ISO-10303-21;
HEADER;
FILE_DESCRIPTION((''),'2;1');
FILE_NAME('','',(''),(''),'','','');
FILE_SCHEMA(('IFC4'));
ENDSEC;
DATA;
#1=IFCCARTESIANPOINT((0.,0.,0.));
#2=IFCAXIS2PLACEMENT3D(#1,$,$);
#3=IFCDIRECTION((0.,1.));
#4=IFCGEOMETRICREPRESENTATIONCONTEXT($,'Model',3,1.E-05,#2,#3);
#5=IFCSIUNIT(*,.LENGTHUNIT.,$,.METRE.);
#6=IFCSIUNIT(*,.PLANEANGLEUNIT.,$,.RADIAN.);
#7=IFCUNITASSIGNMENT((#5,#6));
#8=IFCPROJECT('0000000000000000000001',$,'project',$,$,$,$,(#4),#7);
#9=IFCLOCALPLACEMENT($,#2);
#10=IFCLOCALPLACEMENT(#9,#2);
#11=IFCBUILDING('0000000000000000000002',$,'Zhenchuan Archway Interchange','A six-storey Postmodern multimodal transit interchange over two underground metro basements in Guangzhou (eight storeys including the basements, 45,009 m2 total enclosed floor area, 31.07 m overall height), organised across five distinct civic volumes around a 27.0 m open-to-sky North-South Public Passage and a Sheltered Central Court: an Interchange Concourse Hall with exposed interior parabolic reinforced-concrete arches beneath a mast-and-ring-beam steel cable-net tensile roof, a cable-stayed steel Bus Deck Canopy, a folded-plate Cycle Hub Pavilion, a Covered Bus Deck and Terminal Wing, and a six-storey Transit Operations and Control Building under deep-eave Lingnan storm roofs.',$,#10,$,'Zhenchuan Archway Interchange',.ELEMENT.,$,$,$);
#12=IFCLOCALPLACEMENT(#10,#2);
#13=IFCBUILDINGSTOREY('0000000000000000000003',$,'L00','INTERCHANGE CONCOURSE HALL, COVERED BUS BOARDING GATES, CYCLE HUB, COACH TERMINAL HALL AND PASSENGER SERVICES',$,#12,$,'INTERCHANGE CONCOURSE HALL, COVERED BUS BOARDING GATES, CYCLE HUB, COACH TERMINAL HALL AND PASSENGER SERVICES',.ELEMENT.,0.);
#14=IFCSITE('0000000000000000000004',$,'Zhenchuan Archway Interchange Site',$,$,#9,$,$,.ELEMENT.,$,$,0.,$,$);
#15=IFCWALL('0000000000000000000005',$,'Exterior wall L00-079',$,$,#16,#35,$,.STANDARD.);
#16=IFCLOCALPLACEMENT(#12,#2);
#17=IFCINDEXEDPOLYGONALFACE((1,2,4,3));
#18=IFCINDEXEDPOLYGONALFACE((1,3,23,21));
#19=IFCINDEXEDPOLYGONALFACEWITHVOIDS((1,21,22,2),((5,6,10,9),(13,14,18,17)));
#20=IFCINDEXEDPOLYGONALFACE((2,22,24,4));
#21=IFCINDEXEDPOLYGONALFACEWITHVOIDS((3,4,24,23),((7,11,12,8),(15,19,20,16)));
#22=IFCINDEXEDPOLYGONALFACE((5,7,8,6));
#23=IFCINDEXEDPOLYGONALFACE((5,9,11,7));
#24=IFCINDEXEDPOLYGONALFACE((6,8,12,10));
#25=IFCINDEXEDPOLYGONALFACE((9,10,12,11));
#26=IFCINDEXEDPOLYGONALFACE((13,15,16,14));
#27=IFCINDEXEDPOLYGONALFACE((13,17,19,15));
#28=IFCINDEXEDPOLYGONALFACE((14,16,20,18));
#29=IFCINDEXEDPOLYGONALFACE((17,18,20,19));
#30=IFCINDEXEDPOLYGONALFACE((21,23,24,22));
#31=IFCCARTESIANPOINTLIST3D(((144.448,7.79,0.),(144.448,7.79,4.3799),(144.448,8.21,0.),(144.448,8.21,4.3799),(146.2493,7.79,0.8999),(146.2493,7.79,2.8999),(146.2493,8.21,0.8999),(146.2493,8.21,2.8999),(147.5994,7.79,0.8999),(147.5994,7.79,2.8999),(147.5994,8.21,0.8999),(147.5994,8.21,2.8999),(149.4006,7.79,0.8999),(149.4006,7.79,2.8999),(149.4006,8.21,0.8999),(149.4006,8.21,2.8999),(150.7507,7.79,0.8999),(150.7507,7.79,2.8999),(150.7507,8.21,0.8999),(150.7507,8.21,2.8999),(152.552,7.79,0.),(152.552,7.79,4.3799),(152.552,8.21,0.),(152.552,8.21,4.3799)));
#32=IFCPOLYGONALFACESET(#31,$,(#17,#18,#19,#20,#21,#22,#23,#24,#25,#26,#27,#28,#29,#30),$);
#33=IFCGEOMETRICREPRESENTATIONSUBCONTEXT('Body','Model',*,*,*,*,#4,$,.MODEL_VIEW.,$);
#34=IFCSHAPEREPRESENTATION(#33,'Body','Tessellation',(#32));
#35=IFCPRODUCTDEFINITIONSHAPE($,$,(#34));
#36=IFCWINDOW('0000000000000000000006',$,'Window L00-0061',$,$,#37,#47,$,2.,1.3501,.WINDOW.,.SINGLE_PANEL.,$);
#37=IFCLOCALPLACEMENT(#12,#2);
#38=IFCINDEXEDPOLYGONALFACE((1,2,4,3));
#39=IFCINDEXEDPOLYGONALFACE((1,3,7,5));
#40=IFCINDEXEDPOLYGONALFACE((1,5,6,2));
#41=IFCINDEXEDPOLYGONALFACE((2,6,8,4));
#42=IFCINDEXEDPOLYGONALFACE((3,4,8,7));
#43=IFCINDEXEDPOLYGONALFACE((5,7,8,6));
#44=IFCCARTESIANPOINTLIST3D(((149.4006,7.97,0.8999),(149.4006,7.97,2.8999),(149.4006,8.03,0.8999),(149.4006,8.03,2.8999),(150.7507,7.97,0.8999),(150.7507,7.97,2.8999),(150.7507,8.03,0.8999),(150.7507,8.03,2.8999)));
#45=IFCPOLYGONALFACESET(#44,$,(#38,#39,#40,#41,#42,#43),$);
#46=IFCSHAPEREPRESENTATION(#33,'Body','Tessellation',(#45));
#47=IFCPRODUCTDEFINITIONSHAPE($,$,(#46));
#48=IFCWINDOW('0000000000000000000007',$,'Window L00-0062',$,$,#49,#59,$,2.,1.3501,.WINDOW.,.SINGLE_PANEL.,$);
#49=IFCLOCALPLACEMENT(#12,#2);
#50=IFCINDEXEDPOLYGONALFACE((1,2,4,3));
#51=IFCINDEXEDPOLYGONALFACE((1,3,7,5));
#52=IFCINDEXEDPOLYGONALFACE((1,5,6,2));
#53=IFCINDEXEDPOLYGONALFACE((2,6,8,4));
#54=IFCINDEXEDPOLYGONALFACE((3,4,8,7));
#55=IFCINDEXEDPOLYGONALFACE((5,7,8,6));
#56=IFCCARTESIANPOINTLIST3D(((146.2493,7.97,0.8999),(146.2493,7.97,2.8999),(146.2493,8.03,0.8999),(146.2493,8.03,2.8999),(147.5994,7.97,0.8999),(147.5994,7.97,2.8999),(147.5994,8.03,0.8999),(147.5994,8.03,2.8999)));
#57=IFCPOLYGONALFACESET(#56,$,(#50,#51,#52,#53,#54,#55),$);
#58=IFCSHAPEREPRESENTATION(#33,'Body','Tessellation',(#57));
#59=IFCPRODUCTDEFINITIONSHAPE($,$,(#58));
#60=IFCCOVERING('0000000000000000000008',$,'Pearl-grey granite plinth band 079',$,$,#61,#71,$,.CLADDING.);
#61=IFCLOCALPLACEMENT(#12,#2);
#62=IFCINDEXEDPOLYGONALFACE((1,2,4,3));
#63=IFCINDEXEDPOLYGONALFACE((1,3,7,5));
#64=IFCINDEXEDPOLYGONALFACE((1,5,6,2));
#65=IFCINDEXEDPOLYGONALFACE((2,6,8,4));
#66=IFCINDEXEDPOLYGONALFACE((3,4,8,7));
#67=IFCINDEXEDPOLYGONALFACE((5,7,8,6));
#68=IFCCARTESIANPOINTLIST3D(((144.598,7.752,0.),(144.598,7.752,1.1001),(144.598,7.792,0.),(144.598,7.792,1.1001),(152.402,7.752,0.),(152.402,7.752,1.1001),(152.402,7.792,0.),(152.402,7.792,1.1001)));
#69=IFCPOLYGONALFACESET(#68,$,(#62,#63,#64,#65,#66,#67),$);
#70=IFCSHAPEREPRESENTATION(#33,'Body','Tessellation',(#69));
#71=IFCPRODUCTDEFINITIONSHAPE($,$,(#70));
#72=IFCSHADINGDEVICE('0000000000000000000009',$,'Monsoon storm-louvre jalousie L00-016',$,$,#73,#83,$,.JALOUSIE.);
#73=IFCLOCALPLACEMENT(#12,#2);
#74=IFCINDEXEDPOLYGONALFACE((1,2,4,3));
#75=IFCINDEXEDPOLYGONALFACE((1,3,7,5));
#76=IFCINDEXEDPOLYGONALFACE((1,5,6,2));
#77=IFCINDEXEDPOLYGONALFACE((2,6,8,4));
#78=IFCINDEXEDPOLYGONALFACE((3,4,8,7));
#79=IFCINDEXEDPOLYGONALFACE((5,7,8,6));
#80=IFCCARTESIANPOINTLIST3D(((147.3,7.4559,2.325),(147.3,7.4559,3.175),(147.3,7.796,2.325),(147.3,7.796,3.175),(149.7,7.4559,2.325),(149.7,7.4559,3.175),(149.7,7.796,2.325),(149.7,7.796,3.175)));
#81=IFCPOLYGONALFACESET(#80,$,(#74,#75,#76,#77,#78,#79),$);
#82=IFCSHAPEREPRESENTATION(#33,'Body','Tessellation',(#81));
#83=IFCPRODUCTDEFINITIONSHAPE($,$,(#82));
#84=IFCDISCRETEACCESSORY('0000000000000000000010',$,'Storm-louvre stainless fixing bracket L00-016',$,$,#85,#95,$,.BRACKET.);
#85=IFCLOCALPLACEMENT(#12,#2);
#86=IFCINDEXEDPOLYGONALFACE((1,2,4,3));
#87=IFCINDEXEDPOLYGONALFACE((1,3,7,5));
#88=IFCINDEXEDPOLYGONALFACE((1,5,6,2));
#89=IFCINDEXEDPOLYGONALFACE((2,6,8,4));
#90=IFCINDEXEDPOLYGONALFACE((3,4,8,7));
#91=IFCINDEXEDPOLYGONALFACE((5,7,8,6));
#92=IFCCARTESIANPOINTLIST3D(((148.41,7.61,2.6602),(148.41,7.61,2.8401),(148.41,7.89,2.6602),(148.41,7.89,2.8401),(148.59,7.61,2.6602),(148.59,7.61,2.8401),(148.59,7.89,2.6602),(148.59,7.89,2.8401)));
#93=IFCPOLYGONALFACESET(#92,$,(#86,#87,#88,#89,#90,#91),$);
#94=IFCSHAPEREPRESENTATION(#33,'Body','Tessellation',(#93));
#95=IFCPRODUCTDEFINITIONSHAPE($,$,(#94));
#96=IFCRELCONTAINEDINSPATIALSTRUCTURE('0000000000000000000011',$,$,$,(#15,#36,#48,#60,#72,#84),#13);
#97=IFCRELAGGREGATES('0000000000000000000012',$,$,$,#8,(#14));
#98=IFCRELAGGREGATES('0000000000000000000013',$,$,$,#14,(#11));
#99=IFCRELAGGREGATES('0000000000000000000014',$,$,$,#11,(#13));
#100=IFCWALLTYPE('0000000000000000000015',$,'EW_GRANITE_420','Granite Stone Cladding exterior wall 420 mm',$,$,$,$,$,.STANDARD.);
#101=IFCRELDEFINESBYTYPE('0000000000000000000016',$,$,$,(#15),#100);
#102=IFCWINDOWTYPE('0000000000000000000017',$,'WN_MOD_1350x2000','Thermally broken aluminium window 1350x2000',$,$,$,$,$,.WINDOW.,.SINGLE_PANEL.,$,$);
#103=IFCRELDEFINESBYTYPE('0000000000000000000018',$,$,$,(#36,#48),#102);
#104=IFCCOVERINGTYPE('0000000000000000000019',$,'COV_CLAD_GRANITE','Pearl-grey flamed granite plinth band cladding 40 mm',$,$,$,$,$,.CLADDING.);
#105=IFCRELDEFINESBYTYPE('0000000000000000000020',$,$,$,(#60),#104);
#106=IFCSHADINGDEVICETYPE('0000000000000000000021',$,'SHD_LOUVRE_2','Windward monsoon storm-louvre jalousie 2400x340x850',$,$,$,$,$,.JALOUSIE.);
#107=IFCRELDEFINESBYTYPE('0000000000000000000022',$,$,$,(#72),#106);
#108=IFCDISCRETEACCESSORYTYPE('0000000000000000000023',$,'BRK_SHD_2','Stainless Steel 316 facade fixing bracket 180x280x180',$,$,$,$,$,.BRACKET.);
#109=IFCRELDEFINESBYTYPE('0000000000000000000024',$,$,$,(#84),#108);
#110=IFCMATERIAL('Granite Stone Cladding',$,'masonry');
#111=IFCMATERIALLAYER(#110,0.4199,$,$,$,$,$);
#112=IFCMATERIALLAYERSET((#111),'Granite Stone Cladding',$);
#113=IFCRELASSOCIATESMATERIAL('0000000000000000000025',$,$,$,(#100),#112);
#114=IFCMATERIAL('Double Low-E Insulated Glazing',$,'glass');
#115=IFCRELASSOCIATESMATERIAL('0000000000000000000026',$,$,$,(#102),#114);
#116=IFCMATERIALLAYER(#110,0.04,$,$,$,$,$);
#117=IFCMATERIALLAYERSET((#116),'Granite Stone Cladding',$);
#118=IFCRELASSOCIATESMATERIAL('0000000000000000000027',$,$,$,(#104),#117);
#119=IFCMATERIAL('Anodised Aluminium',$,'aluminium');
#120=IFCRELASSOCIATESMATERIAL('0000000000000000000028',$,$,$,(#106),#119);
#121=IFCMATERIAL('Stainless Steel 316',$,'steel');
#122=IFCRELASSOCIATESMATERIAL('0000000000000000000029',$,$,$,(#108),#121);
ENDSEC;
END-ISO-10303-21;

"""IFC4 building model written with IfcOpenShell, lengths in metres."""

from ifc_helpers import new_model, si_unit, direction, frame, frame_2d, origin, origin_2d, place, context, subcontext, project, spatial, rectangle, extrude, material, layer, layer_set, type_object, element, fill, save


model = new_model("IFC4")

# Units and contexts
model_context = context("Model", 3, precision=1e-05, world=origin(), true_north=direction((0.0, 1.0)))
body_context = subcontext(model_context, "Body", "Model", "MODEL_VIEW")
ifc_project = project(units=[si_unit("LENGTHUNIT", "METRE"), si_unit("PLANEANGLEUNIT", "RADIAN")], contexts=[model_context])

# Site, building, storey
site_placement = place(None, origin())
site = spatial("IfcSite", under=ifc_project, at=site_placement, Name="Zhenchuan Archway Interchange Site", CompositionType="ELEMENT", RefElevation=0.0)
building_placement = place(site_placement, origin())
building = spatial("IfcBuilding", under=site, at=building_placement, Name="Zhenchuan Archway Interchange", Description="A six-storey Postmodern multimodal transit interchange over two underground metro basements in Guangzhou (eight storeys including the basements, 45,009 m2 total enclosed floor area, 31.07 m overall height), organised across five distinct civic volumes around a 27.0 m open-to-sky North-South Public Passage and a Sheltered Central Court: an Interchange Concourse Hall with exposed interior parabolic reinforced-concrete arches beneath a mast-and-ring-beam steel cable-net tensile roof, a cable-stayed steel Bus Deck Canopy, a folded-plate Cycle Hub Pavilion, a Covered Bus Deck and Terminal Wing, and a six-storey Transit Operations and Control Building under deep-eave Lingnan storm roofs.", LongName="Zhenchuan Archway Interchange", CompositionType="ELEMENT")
storey_placement = place(building_placement, origin())
storey = spatial("IfcBuildingStorey", under=building, at=storey_placement, Name="L00", Description="INTERCHANGE CONCOURSE HALL, COVERED BUS BOARDING GATES, CYCLE HUB, COACH TERMINAL HALL AND PASSENGER SERVICES", LongName="INTERCHANGE CONCOURSE HALL, COVERED BUS BOARDING GATES, CYCLE HUB, COACH TERMINAL HALL AND PASSENGER SERVICES", CompositionType="ELEMENT", Elevation=0.0)

# Shared definitions
ifc_material_1 = material(Name="Anodised Aluminium", Category="aluminium")

# Shared definitions
ifc_material_2 = material(Name="Double Low-E Insulated Glazing", Category="glass")

# Wall, openings, windows
ifc_material_3 = material(Name="Granite Stone Cladding", Category="masonry")
ifc_layer_1 = layer(ifc_material_3, 0.4199)
ifc_layer_set_1 = layer_set([ifc_layer_1], Name="Granite Stone Cladding")
wall_type = type_object("IfcWallType", Name="EW_GRANITE_420", Description="Granite Stone Cladding exterior wall 420 mm", PredefinedType="STANDARD", material=ifc_layer_set_1)
wall_placement = place(storey_placement, frame((152.552, 8.0, 0.0), z_axis=(0.0, 0.0, 1.0), x_axis=(-1.0, 0.0, 0.0)))
wall = element("IfcWall", 1, at=wall_placement, inside=storey, type_object=wall_type, Name="Exterior wall L00-079", PredefinedType="STANDARD", context=body_context, shape_type="SweptSolid", body=[
    extrude(rectangle(XDim=8.104, YDim=0.4199, at=frame_2d((4.052, 0.0))), origin(), (0.0, 0.0, 1.0), 4.3799),
])
opening_1_placement = place(wall_placement, frame((1.8013, 0.0, 0.8999)))
opening_1 = element("IfcOpeningElement", 2, at=opening_1_placement, cuts=wall, PredefinedType="OPENING", context=body_context, shape_type="SweptSolid", body=[
    extrude(rectangle(XDim=1.3501, YDim=2.0, at=frame_2d((0.675, 1.0))), frame((0.0, 0.2219, 0.0), z_axis=(0.0, -1.0, 0.0), x_axis=(1.0, 0.0, 0.0)), (0.0, 0.0, 1.0), 0.4438),
])
opening_2_placement = place(wall_placement, frame((4.9526, 0.0, 0.8999)))
opening_2 = element("IfcOpeningElement", 3, at=opening_2_placement, cuts=wall, PredefinedType="OPENING", context=body_context, shape_type="SweptSolid", body=[
    extrude(rectangle(XDim=1.3501, YDim=2.0, at=frame_2d((0.675, 1.0))), frame((0.0, 0.2219, 0.0), z_axis=(0.0, -1.0, 0.0), x_axis=(1.0, 0.0, 0.0)), (0.0, 0.0, 1.0), 0.4438),
])
window_type = type_object("IfcWindowType", Name="WN_MOD_1350x2000", Description="Thermally broken aluminium window 1350x2000", PartitioningType="SINGLE_PANEL", PredefinedType="WINDOW", material=ifc_material_2)
window_1_placement = place(opening_1_placement, origin())
window_1 = element("IfcWindow", 4, at=window_1_placement, inside=storey, type_object=window_type, Name="Window L00-0061", OverallHeight=2.0, OverallWidth=1.3501, PartitioningType="SINGLE_PANEL", PredefinedType="WINDOW", context=body_context, shape_type="SweptSolid", body=[
    extrude(rectangle(XDim=1.3501, YDim=2.0, at=frame_2d((0.675, 1.0))), frame((0.0, 0.03, 0.0), z_axis=(0.0, -1.0, 0.0), x_axis=(1.0, 0.0, 0.0)), (0.0, 0.0, 1.0), 0.0601),
])
fill(opening_1, window_1)
window_2_placement = place(opening_2_placement, origin())
window_2 = element("IfcWindow", 5, at=window_2_placement, inside=storey, type_object=window_type, Name="Window L00-0062", OverallHeight=2.0, OverallWidth=1.3501, PartitioningType="SINGLE_PANEL", PredefinedType="WINDOW", context=body_context, shape_type="SweptSolid", body=[
    extrude(rectangle(XDim=1.3501, YDim=2.0, at=frame_2d((0.675, 1.0))), frame((0.0, 0.03, 0.0), z_axis=(0.0, -1.0, 0.0), x_axis=(1.0, 0.0, 0.0)), (0.0, 0.0, 1.0), 0.0601),
])
fill(opening_2, window_2)

# Covering
ifc_layer_2 = layer(ifc_material_3, 0.04)
ifc_layer_set_2 = layer_set([ifc_layer_2], Name="Granite Stone Cladding")
covering_type = type_object("IfcCoveringType", Name="COV_CLAD_GRANITE", Description="Pearl-grey flamed granite plinth band cladding 40 mm", PredefinedType="CLADDING", material=ifc_layer_set_2)
covering_placement = place(storey_placement, frame((148.5, 7.772, 0.0), z_axis=(0.0, 0.0, 1.0), x_axis=(-1.0, 0.0, 0.0)))
element("IfcCovering", 6, at=covering_placement, inside=storey, type_object=covering_type, Name="Pearl-grey granite plinth band 079", PredefinedType="CLADDING", context=body_context, shape_type="SweptSolid", body=[
    extrude(rectangle(XDim=7.804, YDim=0.04, at=origin_2d()), origin(), (0.0, 0.0, 1.0), 1.1001),
])

# Shading device
shading_device_type = type_object("IfcShadingDeviceType", Name="SHD_LOUVRE_2", Description="Windward monsoon storm-louvre jalousie 2400x340x850", PredefinedType="JALOUSIE", material=ifc_material_1)
shading_device_placement = place(storey_placement, frame((148.5, 7.626, 2.325), z_axis=(0.0, 0.0, 1.0), x_axis=(-1.0, 0.0, 0.0)))
element("IfcShadingDevice", 7, at=shading_device_placement, inside=storey, type_object=shading_device_type, Name="Monsoon storm-louvre jalousie L00-016", PredefinedType="JALOUSIE", context=body_context, shape_type="SweptSolid", body=[
    extrude(rectangle(XDim=2.3999, YDim=0.3401, at=origin_2d()), origin(), (0.0, 0.0, 1.0), 0.8501),
])

# Discrete accessory
ifc_material_4 = material(Name="Stainless Steel 316", Category="steel")
discrete_accessory_type = type_object("IfcDiscreteAccessoryType", Name="BRK_SHD_2", Description="Stainless Steel 316 facade fixing bracket 180x280x180", PredefinedType="BRACKET", material=ifc_material_4)
discrete_accessory_placement = place(storey_placement, frame((148.5, 7.75, 2.6602), z_axis=(0.0, 0.0, 1.0), x_axis=(-1.0, 0.0, 0.0)))
element("IfcDiscreteAccessory", 8, at=discrete_accessory_placement, inside=storey, type_object=discrete_accessory_type, Name="Storm-louvre stainless fixing bracket L00-016", PredefinedType="BRACKET", context=body_context, shape_type="SweptSolid", body=[
    extrude(rectangle(XDim=0.1799, YDim=0.28, at=origin_2d()), origin(), (0.0, 0.0, 1.0), 0.1799),
])

save(model, "model.ifc")
